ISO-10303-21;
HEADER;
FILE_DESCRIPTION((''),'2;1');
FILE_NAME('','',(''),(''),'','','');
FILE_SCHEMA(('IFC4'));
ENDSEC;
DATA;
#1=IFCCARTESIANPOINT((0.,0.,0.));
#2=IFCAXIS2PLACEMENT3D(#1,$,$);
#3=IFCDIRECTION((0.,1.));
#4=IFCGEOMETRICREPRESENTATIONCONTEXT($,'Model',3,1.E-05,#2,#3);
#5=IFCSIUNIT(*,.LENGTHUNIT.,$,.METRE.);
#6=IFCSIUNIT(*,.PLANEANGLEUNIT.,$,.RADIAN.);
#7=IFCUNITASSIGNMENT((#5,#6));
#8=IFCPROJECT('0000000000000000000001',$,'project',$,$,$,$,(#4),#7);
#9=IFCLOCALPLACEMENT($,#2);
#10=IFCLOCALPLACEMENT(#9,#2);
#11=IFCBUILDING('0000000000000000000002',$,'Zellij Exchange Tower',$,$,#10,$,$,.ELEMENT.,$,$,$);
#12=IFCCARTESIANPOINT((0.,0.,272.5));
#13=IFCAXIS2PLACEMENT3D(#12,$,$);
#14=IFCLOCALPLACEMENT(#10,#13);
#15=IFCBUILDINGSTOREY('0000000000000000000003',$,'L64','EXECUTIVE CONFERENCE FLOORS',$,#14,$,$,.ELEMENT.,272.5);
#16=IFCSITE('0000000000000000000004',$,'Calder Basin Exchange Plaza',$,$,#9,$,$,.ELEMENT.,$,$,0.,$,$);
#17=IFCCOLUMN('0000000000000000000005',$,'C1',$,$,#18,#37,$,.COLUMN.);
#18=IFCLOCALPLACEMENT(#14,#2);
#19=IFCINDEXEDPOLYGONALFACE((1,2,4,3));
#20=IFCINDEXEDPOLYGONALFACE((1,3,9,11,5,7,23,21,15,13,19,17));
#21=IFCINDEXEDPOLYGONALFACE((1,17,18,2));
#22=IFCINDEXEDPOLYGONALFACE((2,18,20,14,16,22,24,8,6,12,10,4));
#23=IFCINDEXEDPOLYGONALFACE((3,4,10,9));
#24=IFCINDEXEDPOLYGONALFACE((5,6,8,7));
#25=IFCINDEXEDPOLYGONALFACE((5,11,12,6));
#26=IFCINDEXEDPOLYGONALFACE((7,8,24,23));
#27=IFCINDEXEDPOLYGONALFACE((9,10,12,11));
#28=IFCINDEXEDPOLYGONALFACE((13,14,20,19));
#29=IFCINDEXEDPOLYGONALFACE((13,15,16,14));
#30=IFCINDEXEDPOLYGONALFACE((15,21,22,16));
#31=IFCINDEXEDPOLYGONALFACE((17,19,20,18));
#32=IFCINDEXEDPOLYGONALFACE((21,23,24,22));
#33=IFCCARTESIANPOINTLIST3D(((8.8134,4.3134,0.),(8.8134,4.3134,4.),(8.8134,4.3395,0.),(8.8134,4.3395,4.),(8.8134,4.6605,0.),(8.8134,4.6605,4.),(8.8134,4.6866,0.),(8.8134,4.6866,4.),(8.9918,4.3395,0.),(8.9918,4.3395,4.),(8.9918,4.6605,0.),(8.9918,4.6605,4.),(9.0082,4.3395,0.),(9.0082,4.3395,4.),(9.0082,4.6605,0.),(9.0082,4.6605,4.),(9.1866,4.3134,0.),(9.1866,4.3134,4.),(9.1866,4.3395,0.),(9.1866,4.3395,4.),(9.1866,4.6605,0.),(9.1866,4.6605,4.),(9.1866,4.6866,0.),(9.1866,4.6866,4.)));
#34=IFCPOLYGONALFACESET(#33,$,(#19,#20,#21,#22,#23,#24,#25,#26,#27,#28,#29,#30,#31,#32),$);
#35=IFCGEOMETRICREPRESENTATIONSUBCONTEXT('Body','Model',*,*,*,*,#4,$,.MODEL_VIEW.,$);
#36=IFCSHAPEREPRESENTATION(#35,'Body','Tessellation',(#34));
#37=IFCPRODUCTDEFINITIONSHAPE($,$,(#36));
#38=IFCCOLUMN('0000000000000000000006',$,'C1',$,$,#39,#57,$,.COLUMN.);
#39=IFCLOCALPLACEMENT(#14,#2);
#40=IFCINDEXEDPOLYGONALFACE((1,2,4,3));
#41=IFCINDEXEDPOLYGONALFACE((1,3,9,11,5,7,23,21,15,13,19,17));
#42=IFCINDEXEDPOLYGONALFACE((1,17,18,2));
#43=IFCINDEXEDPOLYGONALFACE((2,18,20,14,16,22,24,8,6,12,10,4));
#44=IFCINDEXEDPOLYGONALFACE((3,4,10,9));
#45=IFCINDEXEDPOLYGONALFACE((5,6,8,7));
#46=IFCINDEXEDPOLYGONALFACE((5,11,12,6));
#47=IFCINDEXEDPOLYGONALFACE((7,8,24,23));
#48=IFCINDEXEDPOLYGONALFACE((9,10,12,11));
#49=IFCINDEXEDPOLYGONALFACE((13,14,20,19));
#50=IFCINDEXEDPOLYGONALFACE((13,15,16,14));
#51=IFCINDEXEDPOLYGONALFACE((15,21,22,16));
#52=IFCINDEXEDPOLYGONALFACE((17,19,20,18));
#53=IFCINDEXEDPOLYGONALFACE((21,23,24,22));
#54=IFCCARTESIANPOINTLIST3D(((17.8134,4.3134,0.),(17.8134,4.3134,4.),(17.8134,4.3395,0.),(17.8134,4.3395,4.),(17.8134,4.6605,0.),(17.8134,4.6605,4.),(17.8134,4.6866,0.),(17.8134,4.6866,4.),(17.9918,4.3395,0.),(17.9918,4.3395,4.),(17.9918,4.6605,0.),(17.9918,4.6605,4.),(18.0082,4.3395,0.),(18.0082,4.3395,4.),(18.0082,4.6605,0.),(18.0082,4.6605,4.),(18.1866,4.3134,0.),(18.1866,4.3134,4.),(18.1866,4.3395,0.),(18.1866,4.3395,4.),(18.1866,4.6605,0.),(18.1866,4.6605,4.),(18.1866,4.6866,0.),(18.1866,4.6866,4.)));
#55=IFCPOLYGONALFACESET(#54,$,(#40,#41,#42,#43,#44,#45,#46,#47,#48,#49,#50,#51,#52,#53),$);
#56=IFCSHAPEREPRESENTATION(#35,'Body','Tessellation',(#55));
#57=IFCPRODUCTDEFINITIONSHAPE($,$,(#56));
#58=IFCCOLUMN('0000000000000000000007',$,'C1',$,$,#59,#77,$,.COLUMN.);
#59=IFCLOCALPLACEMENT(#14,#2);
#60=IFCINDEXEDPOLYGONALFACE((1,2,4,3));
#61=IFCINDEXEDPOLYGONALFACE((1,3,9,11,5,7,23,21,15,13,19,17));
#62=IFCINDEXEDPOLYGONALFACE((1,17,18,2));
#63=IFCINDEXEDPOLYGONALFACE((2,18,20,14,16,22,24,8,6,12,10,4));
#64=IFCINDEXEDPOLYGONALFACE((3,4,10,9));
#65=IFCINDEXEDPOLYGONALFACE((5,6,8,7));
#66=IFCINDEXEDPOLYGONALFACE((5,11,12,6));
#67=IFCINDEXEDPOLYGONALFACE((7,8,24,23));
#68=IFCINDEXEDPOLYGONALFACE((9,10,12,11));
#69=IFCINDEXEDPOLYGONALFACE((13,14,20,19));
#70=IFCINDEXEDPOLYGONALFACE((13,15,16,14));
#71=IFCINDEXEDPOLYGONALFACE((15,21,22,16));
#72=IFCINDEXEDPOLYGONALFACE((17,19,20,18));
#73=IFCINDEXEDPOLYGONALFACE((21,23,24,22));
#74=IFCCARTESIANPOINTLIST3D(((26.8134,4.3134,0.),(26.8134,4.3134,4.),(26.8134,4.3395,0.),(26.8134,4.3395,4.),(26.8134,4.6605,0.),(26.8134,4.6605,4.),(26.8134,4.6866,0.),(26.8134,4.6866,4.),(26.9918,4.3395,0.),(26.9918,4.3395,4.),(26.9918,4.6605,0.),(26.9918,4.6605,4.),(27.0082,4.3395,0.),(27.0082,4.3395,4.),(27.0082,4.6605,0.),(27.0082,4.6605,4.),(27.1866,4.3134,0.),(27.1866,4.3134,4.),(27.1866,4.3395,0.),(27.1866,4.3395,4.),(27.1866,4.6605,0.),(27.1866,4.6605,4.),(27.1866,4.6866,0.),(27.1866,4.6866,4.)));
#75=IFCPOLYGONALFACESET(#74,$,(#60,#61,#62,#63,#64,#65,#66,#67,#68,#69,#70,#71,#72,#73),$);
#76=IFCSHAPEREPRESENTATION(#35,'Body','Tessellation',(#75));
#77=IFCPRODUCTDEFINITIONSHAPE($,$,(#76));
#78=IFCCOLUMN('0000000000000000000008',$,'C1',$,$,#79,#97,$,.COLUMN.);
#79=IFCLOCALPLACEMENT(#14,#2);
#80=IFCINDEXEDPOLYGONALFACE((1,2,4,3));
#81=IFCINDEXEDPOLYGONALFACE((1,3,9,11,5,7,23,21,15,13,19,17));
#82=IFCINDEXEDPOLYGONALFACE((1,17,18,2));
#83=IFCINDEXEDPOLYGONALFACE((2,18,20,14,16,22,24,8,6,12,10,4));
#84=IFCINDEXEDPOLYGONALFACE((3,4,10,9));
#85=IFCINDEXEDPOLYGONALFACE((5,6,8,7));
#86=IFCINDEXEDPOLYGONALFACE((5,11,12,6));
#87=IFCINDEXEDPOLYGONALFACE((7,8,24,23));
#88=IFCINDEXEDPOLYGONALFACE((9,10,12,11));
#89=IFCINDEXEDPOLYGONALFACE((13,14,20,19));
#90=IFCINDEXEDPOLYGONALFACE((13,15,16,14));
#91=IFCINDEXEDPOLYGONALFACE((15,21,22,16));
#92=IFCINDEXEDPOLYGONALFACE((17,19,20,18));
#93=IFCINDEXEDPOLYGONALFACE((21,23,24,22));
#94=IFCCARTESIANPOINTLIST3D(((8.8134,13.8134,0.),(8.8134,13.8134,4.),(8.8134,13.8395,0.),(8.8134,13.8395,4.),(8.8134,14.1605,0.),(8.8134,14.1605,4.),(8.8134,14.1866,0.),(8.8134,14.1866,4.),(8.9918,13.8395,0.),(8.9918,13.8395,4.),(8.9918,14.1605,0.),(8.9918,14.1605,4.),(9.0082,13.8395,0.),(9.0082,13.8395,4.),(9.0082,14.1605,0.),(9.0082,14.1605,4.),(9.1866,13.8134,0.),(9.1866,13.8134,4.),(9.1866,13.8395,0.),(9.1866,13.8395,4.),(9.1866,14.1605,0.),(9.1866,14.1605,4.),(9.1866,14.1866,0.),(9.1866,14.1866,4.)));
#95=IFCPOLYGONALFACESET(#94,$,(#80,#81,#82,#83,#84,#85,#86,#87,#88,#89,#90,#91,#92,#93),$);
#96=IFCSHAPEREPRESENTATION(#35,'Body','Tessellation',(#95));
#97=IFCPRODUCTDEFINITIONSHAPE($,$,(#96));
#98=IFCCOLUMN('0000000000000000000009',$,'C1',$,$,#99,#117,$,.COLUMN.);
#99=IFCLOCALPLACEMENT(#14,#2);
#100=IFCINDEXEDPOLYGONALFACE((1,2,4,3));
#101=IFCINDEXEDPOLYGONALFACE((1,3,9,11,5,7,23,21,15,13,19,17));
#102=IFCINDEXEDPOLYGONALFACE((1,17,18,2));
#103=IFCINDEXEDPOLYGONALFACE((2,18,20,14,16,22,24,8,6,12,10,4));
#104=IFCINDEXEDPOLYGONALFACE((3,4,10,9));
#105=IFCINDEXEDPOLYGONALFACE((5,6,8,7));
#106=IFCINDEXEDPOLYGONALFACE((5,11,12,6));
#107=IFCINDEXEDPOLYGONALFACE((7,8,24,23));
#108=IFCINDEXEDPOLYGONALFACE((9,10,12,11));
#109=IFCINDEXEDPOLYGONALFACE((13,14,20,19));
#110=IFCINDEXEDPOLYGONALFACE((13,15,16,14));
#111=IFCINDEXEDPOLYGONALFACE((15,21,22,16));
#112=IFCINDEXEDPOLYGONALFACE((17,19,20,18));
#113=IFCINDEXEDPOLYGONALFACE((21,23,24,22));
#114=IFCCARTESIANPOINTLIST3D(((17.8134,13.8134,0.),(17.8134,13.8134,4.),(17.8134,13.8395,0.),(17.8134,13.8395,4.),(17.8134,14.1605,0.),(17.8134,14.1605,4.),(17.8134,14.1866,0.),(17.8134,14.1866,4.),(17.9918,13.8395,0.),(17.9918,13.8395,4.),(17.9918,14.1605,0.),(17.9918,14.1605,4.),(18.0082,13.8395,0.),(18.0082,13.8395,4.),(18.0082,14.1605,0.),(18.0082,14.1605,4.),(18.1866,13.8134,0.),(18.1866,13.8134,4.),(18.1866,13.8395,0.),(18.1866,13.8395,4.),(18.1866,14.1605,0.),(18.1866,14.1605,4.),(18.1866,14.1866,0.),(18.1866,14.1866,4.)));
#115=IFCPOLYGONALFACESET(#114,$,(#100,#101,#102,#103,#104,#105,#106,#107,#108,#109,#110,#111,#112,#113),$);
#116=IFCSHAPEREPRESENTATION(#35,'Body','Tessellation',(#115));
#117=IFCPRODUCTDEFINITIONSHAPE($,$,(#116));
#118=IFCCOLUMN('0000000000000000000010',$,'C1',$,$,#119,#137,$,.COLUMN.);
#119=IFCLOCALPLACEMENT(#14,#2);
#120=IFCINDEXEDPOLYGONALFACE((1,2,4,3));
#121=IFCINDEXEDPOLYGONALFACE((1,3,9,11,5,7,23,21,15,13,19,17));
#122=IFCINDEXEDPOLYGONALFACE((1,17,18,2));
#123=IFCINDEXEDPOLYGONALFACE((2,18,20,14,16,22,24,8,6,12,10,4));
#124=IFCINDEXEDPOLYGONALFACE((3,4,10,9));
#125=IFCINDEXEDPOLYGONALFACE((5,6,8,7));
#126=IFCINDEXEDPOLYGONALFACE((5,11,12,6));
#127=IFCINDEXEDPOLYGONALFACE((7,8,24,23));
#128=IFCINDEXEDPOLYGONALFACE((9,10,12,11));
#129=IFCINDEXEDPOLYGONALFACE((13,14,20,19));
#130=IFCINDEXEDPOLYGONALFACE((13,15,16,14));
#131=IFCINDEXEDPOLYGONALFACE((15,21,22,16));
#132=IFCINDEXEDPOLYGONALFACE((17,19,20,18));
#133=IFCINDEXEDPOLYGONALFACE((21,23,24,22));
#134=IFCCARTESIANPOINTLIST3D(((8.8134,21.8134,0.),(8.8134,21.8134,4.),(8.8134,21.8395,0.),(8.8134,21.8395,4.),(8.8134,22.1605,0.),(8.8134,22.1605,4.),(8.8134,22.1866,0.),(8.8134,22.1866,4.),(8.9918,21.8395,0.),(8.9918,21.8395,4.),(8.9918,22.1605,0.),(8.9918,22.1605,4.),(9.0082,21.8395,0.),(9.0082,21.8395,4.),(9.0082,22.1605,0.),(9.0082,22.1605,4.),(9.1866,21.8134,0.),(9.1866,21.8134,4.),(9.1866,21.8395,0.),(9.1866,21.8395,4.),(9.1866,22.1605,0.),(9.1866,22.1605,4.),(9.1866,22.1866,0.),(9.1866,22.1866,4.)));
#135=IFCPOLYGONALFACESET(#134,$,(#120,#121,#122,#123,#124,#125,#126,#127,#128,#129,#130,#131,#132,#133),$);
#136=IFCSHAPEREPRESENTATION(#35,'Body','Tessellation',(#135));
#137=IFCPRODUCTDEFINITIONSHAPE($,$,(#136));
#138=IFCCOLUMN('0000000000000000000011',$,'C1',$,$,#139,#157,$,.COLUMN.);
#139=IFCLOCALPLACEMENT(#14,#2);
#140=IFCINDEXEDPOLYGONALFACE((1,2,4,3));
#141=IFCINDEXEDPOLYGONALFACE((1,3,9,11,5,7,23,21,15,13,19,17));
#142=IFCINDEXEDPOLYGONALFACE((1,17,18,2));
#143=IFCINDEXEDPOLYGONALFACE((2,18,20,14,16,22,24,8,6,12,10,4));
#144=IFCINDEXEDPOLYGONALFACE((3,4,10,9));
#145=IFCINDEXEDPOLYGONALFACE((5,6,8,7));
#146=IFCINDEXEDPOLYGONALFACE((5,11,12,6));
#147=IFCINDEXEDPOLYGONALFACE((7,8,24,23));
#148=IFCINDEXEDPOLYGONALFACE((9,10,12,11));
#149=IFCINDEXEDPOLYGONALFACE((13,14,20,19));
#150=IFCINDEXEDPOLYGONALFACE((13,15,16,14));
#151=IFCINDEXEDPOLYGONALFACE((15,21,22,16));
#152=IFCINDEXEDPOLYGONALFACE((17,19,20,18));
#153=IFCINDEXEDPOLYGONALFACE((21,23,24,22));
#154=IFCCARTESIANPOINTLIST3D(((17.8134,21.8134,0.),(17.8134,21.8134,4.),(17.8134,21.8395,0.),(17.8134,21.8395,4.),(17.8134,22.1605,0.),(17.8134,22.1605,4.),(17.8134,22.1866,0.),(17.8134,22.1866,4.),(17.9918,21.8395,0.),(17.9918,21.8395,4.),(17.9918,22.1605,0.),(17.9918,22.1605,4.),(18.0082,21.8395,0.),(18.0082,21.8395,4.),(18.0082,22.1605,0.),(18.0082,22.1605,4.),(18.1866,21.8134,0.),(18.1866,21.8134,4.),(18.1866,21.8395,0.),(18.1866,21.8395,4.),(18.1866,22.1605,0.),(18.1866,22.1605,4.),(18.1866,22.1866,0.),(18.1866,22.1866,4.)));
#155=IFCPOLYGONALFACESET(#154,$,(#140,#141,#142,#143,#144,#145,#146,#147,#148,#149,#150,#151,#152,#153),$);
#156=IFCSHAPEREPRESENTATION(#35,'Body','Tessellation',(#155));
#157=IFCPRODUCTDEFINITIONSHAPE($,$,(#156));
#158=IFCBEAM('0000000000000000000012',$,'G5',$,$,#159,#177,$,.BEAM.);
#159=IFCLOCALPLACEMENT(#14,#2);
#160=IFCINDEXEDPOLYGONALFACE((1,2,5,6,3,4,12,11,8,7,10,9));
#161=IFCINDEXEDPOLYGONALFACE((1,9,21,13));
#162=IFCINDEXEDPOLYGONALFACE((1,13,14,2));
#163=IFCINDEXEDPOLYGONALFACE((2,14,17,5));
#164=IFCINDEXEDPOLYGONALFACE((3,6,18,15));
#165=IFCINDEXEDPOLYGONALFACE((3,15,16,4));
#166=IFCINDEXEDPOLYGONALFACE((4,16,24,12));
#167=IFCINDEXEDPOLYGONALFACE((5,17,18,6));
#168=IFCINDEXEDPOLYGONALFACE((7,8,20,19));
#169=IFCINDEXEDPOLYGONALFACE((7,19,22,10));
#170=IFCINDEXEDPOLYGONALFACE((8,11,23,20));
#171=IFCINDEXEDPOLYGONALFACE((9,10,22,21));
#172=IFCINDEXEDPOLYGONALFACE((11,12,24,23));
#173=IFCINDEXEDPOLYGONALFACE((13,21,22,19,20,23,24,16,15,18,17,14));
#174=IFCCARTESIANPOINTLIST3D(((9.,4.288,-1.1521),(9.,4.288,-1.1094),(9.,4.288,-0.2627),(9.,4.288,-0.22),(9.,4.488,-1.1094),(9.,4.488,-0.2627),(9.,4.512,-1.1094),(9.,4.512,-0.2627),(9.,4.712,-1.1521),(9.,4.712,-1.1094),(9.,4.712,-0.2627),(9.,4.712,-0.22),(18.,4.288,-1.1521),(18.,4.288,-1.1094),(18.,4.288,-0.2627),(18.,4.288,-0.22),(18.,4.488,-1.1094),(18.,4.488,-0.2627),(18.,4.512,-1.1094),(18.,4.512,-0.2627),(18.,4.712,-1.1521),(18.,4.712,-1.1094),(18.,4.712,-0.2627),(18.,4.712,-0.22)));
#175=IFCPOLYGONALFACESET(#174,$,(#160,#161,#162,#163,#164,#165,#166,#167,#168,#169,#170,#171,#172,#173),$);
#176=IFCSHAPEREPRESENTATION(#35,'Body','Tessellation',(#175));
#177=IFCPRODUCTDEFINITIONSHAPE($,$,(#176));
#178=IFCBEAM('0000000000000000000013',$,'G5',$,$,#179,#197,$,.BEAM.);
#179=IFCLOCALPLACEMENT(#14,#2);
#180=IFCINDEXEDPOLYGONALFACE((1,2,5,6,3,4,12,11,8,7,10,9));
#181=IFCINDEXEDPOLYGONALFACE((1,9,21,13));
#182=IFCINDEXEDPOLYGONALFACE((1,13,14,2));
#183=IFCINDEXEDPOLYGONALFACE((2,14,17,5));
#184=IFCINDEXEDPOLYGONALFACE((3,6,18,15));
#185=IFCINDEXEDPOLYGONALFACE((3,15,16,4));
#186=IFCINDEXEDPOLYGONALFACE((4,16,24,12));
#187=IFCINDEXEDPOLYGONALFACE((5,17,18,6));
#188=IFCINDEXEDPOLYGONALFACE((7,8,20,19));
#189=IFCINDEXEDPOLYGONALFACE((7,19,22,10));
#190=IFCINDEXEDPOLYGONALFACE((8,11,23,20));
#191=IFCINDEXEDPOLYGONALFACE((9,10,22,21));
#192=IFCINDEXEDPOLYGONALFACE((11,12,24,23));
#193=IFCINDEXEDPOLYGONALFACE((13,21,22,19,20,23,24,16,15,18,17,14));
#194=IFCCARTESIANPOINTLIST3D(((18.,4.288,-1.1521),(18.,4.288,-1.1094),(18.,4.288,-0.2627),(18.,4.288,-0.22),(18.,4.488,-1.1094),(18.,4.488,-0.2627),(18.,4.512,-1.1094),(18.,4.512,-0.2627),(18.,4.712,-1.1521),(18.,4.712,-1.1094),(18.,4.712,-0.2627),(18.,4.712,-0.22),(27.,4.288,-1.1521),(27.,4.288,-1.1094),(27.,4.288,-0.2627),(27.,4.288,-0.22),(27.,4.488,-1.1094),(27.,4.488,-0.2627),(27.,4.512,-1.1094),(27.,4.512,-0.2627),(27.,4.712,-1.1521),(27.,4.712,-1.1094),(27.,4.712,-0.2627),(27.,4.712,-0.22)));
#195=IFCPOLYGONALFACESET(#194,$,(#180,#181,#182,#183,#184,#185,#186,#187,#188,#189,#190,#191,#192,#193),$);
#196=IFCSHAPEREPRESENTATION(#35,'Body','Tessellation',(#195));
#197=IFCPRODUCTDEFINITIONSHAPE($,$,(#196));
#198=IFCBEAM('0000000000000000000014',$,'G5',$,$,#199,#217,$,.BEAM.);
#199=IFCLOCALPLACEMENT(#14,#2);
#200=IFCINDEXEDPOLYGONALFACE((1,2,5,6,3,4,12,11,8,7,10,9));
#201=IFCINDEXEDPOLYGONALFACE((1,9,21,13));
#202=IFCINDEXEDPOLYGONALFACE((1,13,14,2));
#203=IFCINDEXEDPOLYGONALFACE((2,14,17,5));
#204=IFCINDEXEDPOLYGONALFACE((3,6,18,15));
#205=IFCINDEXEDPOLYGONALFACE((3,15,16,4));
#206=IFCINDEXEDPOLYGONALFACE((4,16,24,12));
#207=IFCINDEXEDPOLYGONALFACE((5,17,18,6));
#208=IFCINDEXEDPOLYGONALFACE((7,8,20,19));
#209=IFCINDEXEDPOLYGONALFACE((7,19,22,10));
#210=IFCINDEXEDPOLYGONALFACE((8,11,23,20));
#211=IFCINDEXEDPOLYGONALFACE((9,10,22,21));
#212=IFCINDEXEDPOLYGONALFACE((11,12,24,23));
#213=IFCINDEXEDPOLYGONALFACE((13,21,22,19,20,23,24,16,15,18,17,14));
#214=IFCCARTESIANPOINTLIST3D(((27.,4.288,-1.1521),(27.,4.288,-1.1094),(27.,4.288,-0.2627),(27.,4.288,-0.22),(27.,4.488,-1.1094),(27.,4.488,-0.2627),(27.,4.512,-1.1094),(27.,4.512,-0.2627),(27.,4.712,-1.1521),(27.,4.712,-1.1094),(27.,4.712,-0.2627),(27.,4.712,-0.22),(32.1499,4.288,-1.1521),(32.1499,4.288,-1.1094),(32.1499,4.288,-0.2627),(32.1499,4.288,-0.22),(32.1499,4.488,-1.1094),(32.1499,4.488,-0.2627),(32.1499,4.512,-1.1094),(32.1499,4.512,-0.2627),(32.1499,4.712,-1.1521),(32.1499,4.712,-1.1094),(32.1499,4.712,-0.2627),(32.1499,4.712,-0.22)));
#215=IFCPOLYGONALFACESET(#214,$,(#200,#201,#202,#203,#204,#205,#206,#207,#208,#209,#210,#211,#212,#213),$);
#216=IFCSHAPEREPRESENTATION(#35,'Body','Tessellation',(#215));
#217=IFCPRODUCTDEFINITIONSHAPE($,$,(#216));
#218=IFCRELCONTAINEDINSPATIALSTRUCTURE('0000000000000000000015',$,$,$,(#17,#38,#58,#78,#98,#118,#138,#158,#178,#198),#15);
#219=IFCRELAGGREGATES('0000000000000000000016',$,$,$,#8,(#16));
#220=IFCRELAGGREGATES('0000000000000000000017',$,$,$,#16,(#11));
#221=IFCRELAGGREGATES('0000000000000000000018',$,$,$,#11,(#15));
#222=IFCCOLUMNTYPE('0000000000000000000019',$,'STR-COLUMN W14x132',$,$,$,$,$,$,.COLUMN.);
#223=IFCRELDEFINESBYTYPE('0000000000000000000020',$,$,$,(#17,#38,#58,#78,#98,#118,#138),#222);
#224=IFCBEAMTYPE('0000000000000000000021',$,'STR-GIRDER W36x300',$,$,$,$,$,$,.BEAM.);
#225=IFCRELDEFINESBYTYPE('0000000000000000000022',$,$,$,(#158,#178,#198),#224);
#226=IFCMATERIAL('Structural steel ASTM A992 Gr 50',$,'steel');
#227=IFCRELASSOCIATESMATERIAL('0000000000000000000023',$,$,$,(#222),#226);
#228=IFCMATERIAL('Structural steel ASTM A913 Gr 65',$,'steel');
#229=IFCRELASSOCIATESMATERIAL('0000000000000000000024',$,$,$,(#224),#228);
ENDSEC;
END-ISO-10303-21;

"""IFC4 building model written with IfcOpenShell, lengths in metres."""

from ifc_helpers import new_model, si_unit, direction, frame, origin, origin_2d, place, context, subcontext, project, spatial, i_section, extrude, material, material_profile, profile_set, type_object, element, save


model = new_model("IFC4")

# Units and contexts
model_context = context("Model", 3, precision=1e-05, world=origin(), true_north=direction((0.0, 1.0)))
body_context = subcontext(model_context, "Body", "Model", "MODEL_VIEW")
ifc_project = project(units=[si_unit("LENGTHUNIT", "METRE"), si_unit("PLANEANGLEUNIT", "RADIAN")], contexts=[model_context])

# Site, building, storey
site_placement = place(None, origin())
site = spatial("IfcSite", under=ifc_project, at=site_placement, Name="Calder Basin Exchange Plaza", CompositionType="ELEMENT", RefElevation=0.0)
building_placement = place(site_placement, origin())
building = spatial("IfcBuilding", under=site, at=building_placement, Name="Zellij Exchange Tower", CompositionType="ELEMENT")
storey_placement = place(building_placement, frame((0.0, 0.0, 272.5)))
storey = spatial("IfcBuildingStorey", under=building, at=storey_placement, Name="L64", Description="EXECUTIVE CONFERENCE FLOORS", CompositionType="ELEMENT", Elevation=272.5)

# Columns
ifc_material_1 = material(Name="Structural steel ASTM A992 Gr 50", Category="steel")
ifc_material_profile_1 = material_profile(ifc_material_1, i_section(OverallWidth=0.3733, OverallDepth=0.3733, WebThickness=0.0164, FlangeThickness=0.0261, at=origin_2d()), Name="W14x132")
ifc_profile_set_1 = profile_set([ifc_material_profile_1], Name="Structural steel ASTM A992 Gr 50")
column_type = type_object("IfcColumnType", Name="STR-COLUMN W14x132", PredefinedType="COLUMN", material=ifc_profile_set_1)
for number, where, z_axis, x_axis, name in (
    (1, (9.0, 4.5, 0.0), (0.0, 0.0, 1.0), (1.0, 0.0, 0.0), "C1"),
    (2, (18.0, 4.5, 0.0), (0.0, 0.0, 1.0), (1.0, 0.0, 0.0), "C1"),
    (3, (27.0, 4.5, 0.0), (0.0, 0.0, 1.0), (1.0, 0.0, 0.0), "C1"),
    (4, (9.0, 14.0, 0.0), (0.0, 0.0, 1.0), (1.0, 0.0, 0.0), "C1"),
    (5, (18.0, 14.0, 0.0), (0.0, 0.0, 1.0), (1.0, 0.0, 0.0), "C1"),
    (6, (9.0, 22.0, 0.0), (0.0, 0.0, 1.0), (1.0, 0.0, 0.0), "C1"),
    (7, (18.0, 22.0, 0.0), (0.0, 0.0, 1.0), (1.0, 0.0, 0.0), "C1"),
):
    element("IfcColumn", number, at=place(storey_placement, frame(where, z_axis=z_axis, x_axis=x_axis)), inside=storey, type_object=column_type, Name=name, PredefinedType="COLUMN", context=body_context, shape_type="SweptSolid", body=[
        extrude(i_section(OverallWidth=0.3733, OverallDepth=0.3733, WebThickness=0.0164, FlangeThickness=0.0261, at=origin_2d()), origin(), (0.0, 0.0, 1.0), 4.0),
    ])

# Beams
ifc_material_2 = material(Name="Structural steel ASTM A913 Gr 65", Category="steel")
ifc_material_profile_2 = material_profile(ifc_material_2, i_section(OverallWidth=0.4241, OverallDepth=0.9321, WebThickness=0.0239, FlangeThickness=0.0427, at=origin_2d()), Name="W36x300")
ifc_profile_set_2 = profile_set([ifc_material_profile_2], Name="Structural steel ASTM A913 Gr 65")
beam_type = type_object("IfcBeamType", Name="STR-GIRDER W36x300", PredefinedType="BEAM", material=ifc_profile_set_2)
for number, where, z_axis, x_axis, name in (
    (8, (9.0, 4.5, -0.686), (1.0, 0.0, 0.0), (0.0, 1.0, 0.0), "G5"),
    (9, (18.0, 4.5, -0.686), (1.0, 0.0, 0.0), (0.0, 1.0, 0.0), "G5"),
):
    element("IfcBeam", number, at=place(storey_placement, frame(where, z_axis=z_axis, x_axis=x_axis)), inside=storey, type_object=beam_type, Name=name, PredefinedType="BEAM", context=body_context, shape_type="SweptSolid", body=[
        extrude(i_section(OverallWidth=0.4241, OverallDepth=0.9321, WebThickness=0.0239, FlangeThickness=0.0427, at=origin_2d()), origin(), (0.0, 0.0, 1.0), 9.0),
    ])
beam_placement = place(storey_placement, frame((27.0, 4.5, -0.686), z_axis=(1.0, 0.0, 0.0), x_axis=(0.0, 1.0, 0.0)))
element("IfcBeam", 10, at=beam_placement, inside=storey, type_object=beam_type, Name="G5", PredefinedType="BEAM", context=body_context, shape_type="SweptSolid", body=[
    extrude(i_section(OverallWidth=0.4241, OverallDepth=0.9321, WebThickness=0.0239, FlangeThickness=0.0427, at=origin_2d()), origin(), (0.0, 0.0, 1.0), 5.1499),
])

save(model, "model.ifc")
